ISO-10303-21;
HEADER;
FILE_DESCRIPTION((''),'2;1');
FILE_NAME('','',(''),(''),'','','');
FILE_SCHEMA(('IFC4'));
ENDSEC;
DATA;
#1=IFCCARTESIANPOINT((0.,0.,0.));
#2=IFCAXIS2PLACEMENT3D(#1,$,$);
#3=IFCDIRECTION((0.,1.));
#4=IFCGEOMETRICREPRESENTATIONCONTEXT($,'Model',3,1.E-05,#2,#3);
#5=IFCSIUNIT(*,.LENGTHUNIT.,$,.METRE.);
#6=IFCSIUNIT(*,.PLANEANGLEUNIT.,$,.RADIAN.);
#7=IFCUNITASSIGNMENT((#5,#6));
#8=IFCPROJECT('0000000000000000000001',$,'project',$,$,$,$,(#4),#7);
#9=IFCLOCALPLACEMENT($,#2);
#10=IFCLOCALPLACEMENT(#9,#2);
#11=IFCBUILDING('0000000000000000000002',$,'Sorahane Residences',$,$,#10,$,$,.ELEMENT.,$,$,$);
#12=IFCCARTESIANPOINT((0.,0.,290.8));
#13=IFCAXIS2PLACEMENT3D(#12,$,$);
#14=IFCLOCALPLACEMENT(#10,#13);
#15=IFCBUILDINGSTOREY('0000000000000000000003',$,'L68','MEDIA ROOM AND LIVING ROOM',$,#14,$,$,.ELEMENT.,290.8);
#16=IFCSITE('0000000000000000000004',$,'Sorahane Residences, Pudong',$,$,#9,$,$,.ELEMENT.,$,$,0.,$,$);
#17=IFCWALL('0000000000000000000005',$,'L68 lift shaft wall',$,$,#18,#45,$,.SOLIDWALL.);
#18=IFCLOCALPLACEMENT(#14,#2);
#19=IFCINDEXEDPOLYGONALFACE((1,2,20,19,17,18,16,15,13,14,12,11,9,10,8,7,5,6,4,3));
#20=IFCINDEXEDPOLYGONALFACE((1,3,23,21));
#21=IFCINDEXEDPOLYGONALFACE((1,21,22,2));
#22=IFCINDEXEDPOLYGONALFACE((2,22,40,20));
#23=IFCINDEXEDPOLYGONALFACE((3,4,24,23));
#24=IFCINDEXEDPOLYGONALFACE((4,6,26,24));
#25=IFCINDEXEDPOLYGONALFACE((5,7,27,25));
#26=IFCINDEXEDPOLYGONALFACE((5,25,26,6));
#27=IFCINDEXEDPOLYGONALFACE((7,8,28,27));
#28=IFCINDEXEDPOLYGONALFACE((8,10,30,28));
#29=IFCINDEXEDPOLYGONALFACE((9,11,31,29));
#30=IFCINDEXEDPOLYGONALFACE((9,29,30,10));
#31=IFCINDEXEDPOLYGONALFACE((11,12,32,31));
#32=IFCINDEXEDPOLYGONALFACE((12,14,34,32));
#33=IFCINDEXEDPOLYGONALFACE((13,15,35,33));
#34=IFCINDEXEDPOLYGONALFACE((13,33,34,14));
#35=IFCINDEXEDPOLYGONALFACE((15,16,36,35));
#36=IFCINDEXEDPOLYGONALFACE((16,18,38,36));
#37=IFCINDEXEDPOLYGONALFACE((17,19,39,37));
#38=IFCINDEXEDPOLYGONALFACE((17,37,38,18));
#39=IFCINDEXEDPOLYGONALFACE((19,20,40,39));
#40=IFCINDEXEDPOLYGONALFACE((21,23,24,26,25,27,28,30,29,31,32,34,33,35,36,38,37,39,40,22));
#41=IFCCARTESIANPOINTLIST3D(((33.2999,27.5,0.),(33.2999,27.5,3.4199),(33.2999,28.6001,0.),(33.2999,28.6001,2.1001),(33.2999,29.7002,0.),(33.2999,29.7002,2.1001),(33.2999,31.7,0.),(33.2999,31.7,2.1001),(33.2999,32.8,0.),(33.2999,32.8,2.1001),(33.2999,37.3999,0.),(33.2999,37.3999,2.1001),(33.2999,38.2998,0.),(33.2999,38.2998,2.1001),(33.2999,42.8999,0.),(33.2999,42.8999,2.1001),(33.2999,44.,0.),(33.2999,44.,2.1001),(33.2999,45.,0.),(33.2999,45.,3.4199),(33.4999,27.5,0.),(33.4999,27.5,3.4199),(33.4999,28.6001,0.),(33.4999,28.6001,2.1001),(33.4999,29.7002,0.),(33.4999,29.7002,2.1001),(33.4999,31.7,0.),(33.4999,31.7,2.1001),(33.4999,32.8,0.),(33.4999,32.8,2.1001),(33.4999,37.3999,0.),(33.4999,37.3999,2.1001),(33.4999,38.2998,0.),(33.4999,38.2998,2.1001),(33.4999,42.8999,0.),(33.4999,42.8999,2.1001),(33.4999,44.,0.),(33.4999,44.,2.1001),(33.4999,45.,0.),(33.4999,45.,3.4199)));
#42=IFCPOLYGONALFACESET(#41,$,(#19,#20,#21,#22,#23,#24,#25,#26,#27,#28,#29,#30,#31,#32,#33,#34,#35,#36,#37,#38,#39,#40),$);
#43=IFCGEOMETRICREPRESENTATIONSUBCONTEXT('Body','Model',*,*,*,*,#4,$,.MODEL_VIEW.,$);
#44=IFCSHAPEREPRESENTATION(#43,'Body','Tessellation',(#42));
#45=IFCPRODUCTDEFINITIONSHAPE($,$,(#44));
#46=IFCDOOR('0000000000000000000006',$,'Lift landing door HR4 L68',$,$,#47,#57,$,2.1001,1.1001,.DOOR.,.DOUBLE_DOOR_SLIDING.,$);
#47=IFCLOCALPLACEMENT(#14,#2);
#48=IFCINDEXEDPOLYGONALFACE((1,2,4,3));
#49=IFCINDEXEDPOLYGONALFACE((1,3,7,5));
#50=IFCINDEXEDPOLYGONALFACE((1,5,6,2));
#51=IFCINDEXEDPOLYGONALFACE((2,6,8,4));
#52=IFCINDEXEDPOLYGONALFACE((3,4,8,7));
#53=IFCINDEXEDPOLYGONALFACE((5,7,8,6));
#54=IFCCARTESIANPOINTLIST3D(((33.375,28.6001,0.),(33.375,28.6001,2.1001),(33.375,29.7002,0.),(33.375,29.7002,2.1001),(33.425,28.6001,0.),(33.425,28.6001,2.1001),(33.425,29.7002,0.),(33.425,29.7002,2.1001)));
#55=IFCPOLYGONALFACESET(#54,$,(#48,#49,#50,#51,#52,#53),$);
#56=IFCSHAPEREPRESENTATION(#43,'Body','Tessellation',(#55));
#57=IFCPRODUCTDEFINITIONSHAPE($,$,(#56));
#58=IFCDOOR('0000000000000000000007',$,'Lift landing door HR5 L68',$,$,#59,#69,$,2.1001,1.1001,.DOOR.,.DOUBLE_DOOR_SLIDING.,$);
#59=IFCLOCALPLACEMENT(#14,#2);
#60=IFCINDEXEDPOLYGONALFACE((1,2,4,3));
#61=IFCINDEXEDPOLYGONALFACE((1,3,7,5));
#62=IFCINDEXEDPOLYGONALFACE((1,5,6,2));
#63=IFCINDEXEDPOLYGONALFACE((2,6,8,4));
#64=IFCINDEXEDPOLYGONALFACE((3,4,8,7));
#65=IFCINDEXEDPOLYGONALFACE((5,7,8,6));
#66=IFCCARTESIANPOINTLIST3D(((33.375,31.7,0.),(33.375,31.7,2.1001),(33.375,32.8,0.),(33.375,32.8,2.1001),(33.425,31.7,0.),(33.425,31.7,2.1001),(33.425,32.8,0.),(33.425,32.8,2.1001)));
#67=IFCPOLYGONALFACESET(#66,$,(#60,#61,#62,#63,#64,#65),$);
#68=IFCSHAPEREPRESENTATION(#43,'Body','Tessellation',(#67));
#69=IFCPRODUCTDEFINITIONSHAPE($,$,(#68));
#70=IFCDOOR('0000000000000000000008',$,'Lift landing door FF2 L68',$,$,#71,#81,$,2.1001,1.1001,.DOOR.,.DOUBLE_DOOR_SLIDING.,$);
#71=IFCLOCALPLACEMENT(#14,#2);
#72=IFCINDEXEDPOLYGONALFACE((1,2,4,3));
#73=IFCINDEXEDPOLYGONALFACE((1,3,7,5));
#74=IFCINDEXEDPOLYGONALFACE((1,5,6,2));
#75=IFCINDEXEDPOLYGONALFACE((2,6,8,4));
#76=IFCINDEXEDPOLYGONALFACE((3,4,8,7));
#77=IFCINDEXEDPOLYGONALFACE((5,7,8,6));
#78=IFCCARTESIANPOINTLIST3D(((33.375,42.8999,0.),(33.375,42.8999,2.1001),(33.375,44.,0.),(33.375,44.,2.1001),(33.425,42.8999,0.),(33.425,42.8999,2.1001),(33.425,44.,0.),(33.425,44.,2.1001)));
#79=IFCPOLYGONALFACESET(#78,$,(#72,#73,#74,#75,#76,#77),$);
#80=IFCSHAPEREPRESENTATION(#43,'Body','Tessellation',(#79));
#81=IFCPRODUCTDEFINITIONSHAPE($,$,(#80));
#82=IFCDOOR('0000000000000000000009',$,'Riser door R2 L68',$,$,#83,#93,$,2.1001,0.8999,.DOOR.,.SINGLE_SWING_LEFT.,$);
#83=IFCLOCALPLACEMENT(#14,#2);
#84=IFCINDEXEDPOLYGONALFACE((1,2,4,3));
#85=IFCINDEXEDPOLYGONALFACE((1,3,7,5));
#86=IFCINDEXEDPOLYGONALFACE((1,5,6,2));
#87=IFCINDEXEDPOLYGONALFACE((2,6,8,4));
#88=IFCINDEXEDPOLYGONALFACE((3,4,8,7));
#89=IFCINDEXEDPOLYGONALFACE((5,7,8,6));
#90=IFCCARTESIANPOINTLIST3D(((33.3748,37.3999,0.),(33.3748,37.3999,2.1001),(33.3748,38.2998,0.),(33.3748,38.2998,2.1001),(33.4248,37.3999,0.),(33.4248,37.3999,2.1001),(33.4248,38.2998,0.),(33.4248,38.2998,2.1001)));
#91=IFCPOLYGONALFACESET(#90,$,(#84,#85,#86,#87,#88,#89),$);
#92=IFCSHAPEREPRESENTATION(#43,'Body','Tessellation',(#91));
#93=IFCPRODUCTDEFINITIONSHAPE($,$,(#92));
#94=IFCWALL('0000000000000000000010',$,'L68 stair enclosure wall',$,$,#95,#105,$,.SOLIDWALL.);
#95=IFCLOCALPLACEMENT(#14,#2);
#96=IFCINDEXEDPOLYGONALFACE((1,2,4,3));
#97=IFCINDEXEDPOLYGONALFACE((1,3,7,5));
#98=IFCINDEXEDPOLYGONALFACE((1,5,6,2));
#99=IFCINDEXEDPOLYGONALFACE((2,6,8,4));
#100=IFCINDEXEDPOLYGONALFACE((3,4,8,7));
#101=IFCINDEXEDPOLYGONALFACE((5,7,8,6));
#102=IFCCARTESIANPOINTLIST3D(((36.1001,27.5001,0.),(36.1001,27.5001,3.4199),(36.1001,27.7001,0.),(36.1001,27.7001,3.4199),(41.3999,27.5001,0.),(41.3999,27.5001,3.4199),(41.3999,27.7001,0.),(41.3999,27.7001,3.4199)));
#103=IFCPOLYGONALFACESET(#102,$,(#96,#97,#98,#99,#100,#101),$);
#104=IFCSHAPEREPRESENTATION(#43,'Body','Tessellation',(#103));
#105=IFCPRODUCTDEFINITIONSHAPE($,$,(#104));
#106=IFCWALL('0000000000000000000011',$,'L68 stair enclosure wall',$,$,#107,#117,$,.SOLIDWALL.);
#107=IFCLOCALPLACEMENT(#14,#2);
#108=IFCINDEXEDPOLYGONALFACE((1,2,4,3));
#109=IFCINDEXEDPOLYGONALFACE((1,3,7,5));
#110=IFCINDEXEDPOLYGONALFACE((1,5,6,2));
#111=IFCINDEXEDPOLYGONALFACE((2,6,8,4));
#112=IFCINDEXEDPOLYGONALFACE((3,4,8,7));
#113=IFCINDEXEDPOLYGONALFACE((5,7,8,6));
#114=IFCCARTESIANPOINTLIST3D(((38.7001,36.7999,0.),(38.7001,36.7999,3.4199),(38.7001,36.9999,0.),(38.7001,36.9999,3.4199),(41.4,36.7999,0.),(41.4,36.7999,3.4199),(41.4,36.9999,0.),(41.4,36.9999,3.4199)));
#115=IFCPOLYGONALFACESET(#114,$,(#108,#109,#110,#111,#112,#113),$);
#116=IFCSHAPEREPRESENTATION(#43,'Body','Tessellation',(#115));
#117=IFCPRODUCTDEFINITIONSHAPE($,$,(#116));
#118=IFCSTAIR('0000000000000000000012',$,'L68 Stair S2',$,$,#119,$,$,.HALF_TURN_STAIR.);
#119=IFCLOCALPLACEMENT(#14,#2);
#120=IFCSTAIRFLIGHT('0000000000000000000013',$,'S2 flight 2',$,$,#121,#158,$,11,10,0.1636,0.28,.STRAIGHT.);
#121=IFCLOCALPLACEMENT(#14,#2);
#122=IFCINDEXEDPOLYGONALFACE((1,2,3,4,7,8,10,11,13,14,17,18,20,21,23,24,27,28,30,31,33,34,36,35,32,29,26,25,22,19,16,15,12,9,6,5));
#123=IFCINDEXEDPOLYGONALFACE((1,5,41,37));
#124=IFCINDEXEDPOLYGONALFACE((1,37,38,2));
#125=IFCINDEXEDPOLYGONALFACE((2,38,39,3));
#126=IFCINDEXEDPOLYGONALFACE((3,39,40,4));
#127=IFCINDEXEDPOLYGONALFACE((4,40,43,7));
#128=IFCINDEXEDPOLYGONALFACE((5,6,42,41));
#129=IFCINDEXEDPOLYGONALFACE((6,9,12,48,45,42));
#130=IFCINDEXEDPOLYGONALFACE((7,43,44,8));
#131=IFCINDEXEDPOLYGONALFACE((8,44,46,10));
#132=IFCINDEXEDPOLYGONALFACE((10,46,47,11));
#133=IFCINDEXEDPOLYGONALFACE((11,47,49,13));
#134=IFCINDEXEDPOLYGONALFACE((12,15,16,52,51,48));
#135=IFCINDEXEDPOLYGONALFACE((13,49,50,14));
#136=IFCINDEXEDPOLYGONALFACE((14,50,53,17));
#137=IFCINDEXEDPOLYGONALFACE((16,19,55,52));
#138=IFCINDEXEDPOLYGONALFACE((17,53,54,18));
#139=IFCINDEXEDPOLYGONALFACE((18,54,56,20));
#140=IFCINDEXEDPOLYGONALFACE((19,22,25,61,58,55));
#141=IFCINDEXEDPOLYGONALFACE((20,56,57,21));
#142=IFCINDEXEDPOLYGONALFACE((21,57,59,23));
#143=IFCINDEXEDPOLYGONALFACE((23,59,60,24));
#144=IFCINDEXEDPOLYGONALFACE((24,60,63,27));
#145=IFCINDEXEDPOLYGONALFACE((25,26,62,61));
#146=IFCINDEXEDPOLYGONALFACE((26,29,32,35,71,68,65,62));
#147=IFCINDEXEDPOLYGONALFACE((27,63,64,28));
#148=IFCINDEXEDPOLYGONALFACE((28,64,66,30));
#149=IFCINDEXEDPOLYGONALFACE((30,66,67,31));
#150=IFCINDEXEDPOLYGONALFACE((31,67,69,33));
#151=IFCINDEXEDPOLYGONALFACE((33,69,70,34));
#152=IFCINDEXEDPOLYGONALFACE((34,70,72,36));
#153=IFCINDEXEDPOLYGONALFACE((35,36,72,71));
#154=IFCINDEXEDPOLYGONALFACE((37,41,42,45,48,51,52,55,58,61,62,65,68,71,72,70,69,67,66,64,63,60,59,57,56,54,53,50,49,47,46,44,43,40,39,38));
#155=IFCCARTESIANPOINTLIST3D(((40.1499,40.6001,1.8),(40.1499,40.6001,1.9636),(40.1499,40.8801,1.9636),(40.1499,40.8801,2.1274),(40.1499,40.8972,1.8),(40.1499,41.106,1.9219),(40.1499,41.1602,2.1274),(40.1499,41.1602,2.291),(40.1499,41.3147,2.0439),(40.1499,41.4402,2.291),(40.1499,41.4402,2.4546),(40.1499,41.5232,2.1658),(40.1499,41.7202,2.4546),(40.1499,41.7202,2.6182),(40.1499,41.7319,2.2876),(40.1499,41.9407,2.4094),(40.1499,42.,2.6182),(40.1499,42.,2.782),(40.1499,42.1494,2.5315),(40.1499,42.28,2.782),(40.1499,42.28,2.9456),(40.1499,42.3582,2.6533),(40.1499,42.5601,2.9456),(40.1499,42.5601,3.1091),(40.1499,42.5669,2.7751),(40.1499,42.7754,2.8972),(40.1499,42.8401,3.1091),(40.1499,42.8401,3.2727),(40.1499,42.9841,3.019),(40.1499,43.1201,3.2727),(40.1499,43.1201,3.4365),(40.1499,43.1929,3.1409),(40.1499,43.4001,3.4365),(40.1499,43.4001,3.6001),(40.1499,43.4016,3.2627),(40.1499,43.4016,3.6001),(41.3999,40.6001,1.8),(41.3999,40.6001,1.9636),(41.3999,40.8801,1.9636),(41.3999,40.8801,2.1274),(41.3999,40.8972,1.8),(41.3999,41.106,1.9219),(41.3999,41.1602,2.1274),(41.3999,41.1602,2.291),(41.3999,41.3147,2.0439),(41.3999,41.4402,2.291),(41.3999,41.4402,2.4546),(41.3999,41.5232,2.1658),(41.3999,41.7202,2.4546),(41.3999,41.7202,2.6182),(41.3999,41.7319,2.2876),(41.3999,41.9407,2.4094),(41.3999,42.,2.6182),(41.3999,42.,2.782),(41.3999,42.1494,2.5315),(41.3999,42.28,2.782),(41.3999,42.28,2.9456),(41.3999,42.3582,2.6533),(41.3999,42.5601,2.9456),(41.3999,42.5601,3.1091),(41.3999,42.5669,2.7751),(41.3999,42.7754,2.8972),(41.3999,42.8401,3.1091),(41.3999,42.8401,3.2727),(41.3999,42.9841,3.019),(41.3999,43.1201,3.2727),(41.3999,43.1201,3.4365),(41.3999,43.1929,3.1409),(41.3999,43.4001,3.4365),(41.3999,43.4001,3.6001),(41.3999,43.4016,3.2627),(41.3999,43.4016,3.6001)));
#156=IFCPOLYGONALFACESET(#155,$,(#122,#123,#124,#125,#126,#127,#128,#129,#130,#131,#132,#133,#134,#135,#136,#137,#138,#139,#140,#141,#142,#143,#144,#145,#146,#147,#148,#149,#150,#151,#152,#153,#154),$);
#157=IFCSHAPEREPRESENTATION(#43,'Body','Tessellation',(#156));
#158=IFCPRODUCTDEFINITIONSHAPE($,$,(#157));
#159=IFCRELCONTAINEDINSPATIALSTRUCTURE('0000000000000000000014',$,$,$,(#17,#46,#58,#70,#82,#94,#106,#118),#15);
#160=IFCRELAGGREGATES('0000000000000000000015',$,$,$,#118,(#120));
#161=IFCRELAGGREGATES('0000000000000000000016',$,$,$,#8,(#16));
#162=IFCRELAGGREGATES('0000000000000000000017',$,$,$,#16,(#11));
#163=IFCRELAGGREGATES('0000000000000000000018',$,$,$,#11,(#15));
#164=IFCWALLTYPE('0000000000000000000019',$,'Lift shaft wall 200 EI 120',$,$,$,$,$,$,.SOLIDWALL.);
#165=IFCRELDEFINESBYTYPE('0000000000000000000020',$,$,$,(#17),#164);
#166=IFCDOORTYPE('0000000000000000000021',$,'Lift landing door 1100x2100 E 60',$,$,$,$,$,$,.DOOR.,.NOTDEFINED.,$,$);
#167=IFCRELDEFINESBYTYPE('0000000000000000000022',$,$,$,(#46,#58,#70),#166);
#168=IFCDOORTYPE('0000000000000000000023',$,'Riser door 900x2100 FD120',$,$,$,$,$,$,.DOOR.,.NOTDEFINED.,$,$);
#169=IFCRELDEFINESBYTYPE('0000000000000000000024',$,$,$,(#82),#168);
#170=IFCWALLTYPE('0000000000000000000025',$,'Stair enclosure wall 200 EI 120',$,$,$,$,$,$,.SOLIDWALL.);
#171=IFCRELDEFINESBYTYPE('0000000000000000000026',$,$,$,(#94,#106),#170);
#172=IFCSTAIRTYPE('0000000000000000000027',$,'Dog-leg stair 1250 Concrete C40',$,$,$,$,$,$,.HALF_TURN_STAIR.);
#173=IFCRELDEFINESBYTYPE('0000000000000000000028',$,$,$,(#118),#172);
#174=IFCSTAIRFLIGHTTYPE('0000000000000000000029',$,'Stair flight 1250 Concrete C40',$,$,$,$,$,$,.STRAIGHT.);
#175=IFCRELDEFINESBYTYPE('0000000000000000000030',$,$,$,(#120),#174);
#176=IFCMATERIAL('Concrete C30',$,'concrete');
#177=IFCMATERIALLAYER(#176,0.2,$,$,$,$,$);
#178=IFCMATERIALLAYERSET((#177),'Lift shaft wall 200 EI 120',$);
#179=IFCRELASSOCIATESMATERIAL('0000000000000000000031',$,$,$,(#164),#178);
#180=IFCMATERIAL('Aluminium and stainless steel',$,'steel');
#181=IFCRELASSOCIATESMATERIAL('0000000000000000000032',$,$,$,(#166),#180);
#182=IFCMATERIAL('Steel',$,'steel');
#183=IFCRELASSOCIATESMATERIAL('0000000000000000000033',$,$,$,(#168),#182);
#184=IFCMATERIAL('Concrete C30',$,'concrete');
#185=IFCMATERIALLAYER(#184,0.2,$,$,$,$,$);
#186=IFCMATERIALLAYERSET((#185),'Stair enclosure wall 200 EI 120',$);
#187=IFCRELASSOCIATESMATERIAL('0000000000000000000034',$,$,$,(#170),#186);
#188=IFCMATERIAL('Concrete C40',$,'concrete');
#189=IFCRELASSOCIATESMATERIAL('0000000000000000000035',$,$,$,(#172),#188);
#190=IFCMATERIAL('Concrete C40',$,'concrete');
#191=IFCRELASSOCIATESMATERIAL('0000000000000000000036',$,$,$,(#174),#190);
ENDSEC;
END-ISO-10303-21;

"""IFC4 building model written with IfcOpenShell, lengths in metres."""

from ifc_helpers import new_model, si_unit, direction, frame, frame_2d, origin, place, context, subcontext, project, spatial, polyline, rectangle, outline, extrude, material, layer, layer_set, type_object, element, fill, aggregate, save


model = new_model("IFC4")

# Units and contexts
model_context = context("Model", 3, precision=1e-05, world=origin(), true_north=direction((0.0, 1.0)))
body_context = subcontext(model_context, "Body", "Model", "MODEL_VIEW")
ifc_project = project(units=[si_unit("LENGTHUNIT", "METRE"), si_unit("PLANEANGLEUNIT", "RADIAN")], contexts=[model_context])

# Site, building, storey
site_placement = place(None, origin())
site = spatial("IfcSite", under=ifc_project, at=site_placement, Name="Sorahane Residences, Pudong", CompositionType="ELEMENT", RefElevation=0.0)
building_placement = place(site_placement, origin())
building = spatial("IfcBuilding", under=site, at=building_placement, Name="Sorahane Residences", CompositionType="ELEMENT")
storey_placement = place(building_placement, frame((0.0, 0.0, 290.8)))
storey = spatial("IfcBuildingStorey", under=building, at=storey_placement, Name="L68", Description="MEDIA ROOM AND LIVING ROOM", CompositionType="ELEMENT", Elevation=290.8)

# Wall, openings, doors
ifc_material_1 = material(Name="Concrete C30", Category="concrete")
ifc_layer_1 = layer(ifc_material_1, 0.2)
ifc_layer_set_1 = layer_set([ifc_layer_1], Name="Lift shaft wall 200 EI 120")
wall_type_1 = type_object("IfcWallType", Name="Lift shaft wall 200 EI 120", PredefinedType="SOLIDWALL", material=ifc_layer_set_1)
wall_1_placement = place(storey_placement, frame((33.3999, 27.5, 0.0), z_axis=(0.0, 0.0, 1.0), x_axis=(0.0, 1.0, 0.0)))
wall_1 = element("IfcWall", 1, at=wall_1_placement, inside=storey, type_object=wall_type_1, Name="L68 lift shaft wall", PredefinedType="SOLIDWALL", context=body_context, shape_type="SweptSolid", body=[
    extrude(rectangle(XDim=17.5, YDim=0.2, at=frame_2d((8.75, 0.0))), origin(), (0.0, 0.0, 1.0), 3.4199),
])
opening_1_placement = place(wall_1_placement, frame((1.1001, 0.0, 0.0)))
opening_1 = element("IfcOpeningElement", 2, at=opening_1_placement, cuts=wall_1, PredefinedType="OPENING", context=body_context, shape_type="SweptSolid", body=[
    extrude(rectangle(XDim=1.1001, YDim=2.1001, at=frame_2d((0.55, 1.05))), frame((0.0, 0.1099, 0.0), z_axis=(0.0, -1.0, 0.0), x_axis=(1.0, 0.0, 0.0)), (0.0, 0.0, 1.0), 0.22),
])
opening_2_placement = place(wall_1_placement, frame((4.2, 0.0, 0.0)))
opening_2 = element("IfcOpeningElement", 3, at=opening_2_placement, cuts=wall_1, PredefinedType="OPENING", context=body_context, shape_type="SweptSolid", body=[
    extrude(rectangle(XDim=1.1001, YDim=2.1001, at=frame_2d((0.55, 1.05))), frame((0.0, 0.1099, 0.0), z_axis=(0.0, -1.0, 0.0), x_axis=(1.0, 0.0, 0.0)), (0.0, 0.0, 1.0), 0.22),
])
opening_3_placement = place(wall_1_placement, frame((15.3999, 0.0, 0.0)))
opening_3 = element("IfcOpeningElement", 4, at=opening_3_placement, cuts=wall_1, PredefinedType="OPENING", context=body_context, shape_type="SweptSolid", body=[
    extrude(rectangle(XDim=1.1001, YDim=2.1001, at=frame_2d((0.55, 1.05))), frame((0.0, 0.1099, 0.0), z_axis=(0.0, -1.0, 0.0), x_axis=(1.0, 0.0, 0.0)), (0.0, 0.0, 1.0), 0.22),
])
opening_4_placement = place(wall_1_placement, frame((9.8999, 0.0, 0.0)))
opening_4 = element("IfcOpeningElement", 5, at=opening_4_placement, cuts=wall_1, PredefinedType="OPENING", context=body_context, shape_type="SweptSolid", body=[
    extrude(rectangle(XDim=0.8999, YDim=2.1001, at=frame_2d((0.45, 1.05))), frame((0.0, 0.1099, 0.0), z_axis=(0.0, -1.0, 0.0), x_axis=(1.0, 0.0, 0.0)), (0.0, 0.0, 1.0), 0.22),
])
ifc_material_2 = material(Name="Aluminium and stainless steel", Category="steel")
door_type_1 = type_object("IfcDoorType", Name="Lift landing door 1100x2100 E 60", OperationType="NOTDEFINED", PredefinedType="DOOR", material=ifc_material_2)
door_1_placement = place(opening_1_placement, origin())
door_1 = element("IfcDoor", 6, at=door_1_placement, inside=storey, type_object=door_type_1, Name="Lift landing door HR4 L68", OperationType="DOUBLE_DOOR_SLIDING", OverallHeight=2.1001, OverallWidth=1.1001, PredefinedType="DOOR", context=body_context, shape_type="SweptSolid", body=[
    extrude(rectangle(XDim=1.1001, YDim=2.1001, at=frame_2d((0.55, 1.05))), frame((0.0, 0.0249, 0.0), z_axis=(0.0, -1.0, 0.0), x_axis=(1.0, 0.0, 0.0)), (0.0, 0.0, 1.0), 0.05),
])
fill(opening_1, door_1)
door_2_placement = place(opening_2_placement, origin())
door_2 = element("IfcDoor", 7, at=door_2_placement, inside=storey, type_object=door_type_1, Name="Lift landing door HR5 L68", OperationType="DOUBLE_DOOR_SLIDING", OverallHeight=2.1001, OverallWidth=1.1001, PredefinedType="DOOR", context=body_context, shape_type="SweptSolid", body=[
    extrude(rectangle(XDim=1.1001, YDim=2.1001, at=frame_2d((0.55, 1.05))), frame((0.0, 0.0249, 0.0), z_axis=(0.0, -1.0, 0.0), x_axis=(1.0, 0.0, 0.0)), (0.0, 0.0, 1.0), 0.05),
])
fill(opening_2, door_2)
door_3_placement = place(opening_3_placement, origin())
door_3 = element("IfcDoor", 8, at=door_3_placement, inside=storey, type_object=door_type_1, Name="Lift landing door FF2 L68", OperationType="DOUBLE_DOOR_SLIDING", OverallHeight=2.1001, OverallWidth=1.1001, PredefinedType="DOOR", context=body_context, shape_type="SweptSolid", body=[
    extrude(rectangle(XDim=1.1001, YDim=2.1001, at=frame_2d((0.55, 1.05))), frame((0.0, 0.0249, 0.0), z_axis=(0.0, -1.0, 0.0), x_axis=(1.0, 0.0, 0.0)), (0.0, 0.0, 1.0), 0.05),
])
fill(opening_3, door_3)
ifc_material_3 = material(Name="Steel", Category="steel")
door_type_2 = type_object("IfcDoorType", Name="Riser door 900x2100 FD120", OperationType="NOTDEFINED", PredefinedType="DOOR", material=ifc_material_3)
door_4_placement = place(opening_4_placement, frame((0.8999, 0.0, 0.0), z_axis=(0.0, 0.0, 1.0), x_axis=(-1.0, 0.0, 0.0)))
door_4 = element("IfcDoor", 9, at=door_4_placement, inside=storey, type_object=door_type_2, Name="Riser door R2 L68", OperationType="SINGLE_SWING_LEFT", OverallHeight=2.1001, OverallWidth=0.8999, PredefinedType="DOOR", context=body_context, shape_type="SweptSolid", body=[
    extrude(rectangle(XDim=0.8999, YDim=2.1001, at=frame_2d((0.45, 1.05))), frame((0.0, 0.0249, 0.0), z_axis=(0.0, -1.0, 0.0), x_axis=(1.0, 0.0, 0.0)), (0.0, 0.0, 1.0), 0.05),
])
fill(opening_4, door_4)

# Walls
ifc_material_4 = material(Name="Concrete C30", Category="concrete")
ifc_layer_2 = layer(ifc_material_4, 0.2)
ifc_layer_set_2 = layer_set([ifc_layer_2], Name="Stair enclosure wall 200 EI 120")
wall_type_2 = type_object("IfcWallType", Name="Stair enclosure wall 200 EI 120", PredefinedType="SOLIDWALL", material=ifc_layer_set_2)
wall_2_placement = place(storey_placement, frame((36.1001, 27.6001, 0.0), z_axis=(0.0, 0.0, 1.0), x_axis=(1.0, 0.0, 0.0)))
element("IfcWall", 10, at=wall_2_placement, inside=storey, type_object=wall_type_2, Name="L68 stair enclosure wall", PredefinedType="SOLIDWALL", context=body_context, shape_type="SweptSolid", body=[
    extrude(rectangle(XDim=5.2998, YDim=0.2, at=frame_2d((2.6499, 0.0))), origin(), (0.0, 0.0, 1.0), 3.4199),
])
wall_3_placement = place(storey_placement, frame((38.7, 36.8999, 0.0), z_axis=(0.0, 0.0, 1.0), x_axis=(1.0, 0.0, 0.0)))
element("IfcWall", 11, at=wall_3_placement, inside=storey, type_object=wall_type_2, Name="L68 stair enclosure wall", PredefinedType="SOLIDWALL", context=body_context, shape_type="SweptSolid", body=[
    extrude(rectangle(XDim=2.7, YDim=0.2, at=frame_2d((1.3501, 0.0))), origin(), (0.0, 0.0, 1.0), 3.4199),
])

# Stair, stair flight
ifc_material_5 = material(Name="Concrete C40", Category="concrete")
stair_type = type_object("IfcStairType", Name="Dog-leg stair 1250 Concrete C40", PredefinedType="HALF_TURN_STAIR", material=ifc_material_5)
stair_placement = place(storey_placement, origin())
stair = element("IfcStair", 12, at=stair_placement, inside=storey, type_object=stair_type, Name="L68 Stair S2", PredefinedType="HALF_TURN_STAIR")
ifc_material_6 = material(Name="Concrete C40", Category="concrete")
stair_flight_type = type_object("IfcStairFlightType", Name="Stair flight 1250 Concrete C40", PredefinedType="STRAIGHT", material=ifc_material_6)
stair_flight_placement = place(storey_placement, frame((40.7749, 40.6001, 1.8), z_axis=(0.0, 0.0, 1.0), x_axis=(0.0, 1.0, 0.0)))
stair_flight = element("IfcStairFlight", 13, at=stair_flight_placement, type_object=stair_flight_type, Name="S2 flight 2", NumberOfRisers=11, NumberOfTreads=10, PredefinedType="STRAIGHT", RiserHeight=0.1636, TreadLength=0.28, context=body_context, shape_type="SweptSolid", body=[
    extrude(outline(polyline([(0.0, 0.0), (0.0, 0.1636), (0.28, 0.1636), (0.28, 0.3274), (0.5601, 0.3274), (0.5601, 0.491), (0.8401, 0.491), (0.8401, 0.6545), (1.1201, 0.6545), (1.1201, 0.8181), (1.3999, 0.8181), (1.3999, 0.9819), (1.6799, 0.9819), (1.6799, 1.1455), (1.96, 1.1455), (1.96, 1.3091), (2.24, 1.3091), (2.24, 1.4727), (2.52, 1.4727), (2.52, 1.6365), (2.8, 1.6365), (2.8, 1.8), (2.8015, 1.8), (2.8015, 1.4626), (2.5928, 1.3408), (2.384, 1.219), (2.1753, 1.0972), (1.9668, 0.9751), (1.7581, 0.8533), (1.5493, 0.7314), (1.3406, 0.6094), (1.1318, 0.4875), (0.9231, 0.3657), (0.7146, 0.2439), (0.5059, 0.1218), (0.2971, 0.0), (0.0, 0.0)])), frame((0.0, 0.625, 0.0), z_axis=(0.0, -1.0, 0.0), x_axis=(1.0, 0.0, 0.0)), (0.0, 0.0, 1.0), 1.25),
])
aggregate(stair, [stair_flight])

save(model, "model.ifc")
